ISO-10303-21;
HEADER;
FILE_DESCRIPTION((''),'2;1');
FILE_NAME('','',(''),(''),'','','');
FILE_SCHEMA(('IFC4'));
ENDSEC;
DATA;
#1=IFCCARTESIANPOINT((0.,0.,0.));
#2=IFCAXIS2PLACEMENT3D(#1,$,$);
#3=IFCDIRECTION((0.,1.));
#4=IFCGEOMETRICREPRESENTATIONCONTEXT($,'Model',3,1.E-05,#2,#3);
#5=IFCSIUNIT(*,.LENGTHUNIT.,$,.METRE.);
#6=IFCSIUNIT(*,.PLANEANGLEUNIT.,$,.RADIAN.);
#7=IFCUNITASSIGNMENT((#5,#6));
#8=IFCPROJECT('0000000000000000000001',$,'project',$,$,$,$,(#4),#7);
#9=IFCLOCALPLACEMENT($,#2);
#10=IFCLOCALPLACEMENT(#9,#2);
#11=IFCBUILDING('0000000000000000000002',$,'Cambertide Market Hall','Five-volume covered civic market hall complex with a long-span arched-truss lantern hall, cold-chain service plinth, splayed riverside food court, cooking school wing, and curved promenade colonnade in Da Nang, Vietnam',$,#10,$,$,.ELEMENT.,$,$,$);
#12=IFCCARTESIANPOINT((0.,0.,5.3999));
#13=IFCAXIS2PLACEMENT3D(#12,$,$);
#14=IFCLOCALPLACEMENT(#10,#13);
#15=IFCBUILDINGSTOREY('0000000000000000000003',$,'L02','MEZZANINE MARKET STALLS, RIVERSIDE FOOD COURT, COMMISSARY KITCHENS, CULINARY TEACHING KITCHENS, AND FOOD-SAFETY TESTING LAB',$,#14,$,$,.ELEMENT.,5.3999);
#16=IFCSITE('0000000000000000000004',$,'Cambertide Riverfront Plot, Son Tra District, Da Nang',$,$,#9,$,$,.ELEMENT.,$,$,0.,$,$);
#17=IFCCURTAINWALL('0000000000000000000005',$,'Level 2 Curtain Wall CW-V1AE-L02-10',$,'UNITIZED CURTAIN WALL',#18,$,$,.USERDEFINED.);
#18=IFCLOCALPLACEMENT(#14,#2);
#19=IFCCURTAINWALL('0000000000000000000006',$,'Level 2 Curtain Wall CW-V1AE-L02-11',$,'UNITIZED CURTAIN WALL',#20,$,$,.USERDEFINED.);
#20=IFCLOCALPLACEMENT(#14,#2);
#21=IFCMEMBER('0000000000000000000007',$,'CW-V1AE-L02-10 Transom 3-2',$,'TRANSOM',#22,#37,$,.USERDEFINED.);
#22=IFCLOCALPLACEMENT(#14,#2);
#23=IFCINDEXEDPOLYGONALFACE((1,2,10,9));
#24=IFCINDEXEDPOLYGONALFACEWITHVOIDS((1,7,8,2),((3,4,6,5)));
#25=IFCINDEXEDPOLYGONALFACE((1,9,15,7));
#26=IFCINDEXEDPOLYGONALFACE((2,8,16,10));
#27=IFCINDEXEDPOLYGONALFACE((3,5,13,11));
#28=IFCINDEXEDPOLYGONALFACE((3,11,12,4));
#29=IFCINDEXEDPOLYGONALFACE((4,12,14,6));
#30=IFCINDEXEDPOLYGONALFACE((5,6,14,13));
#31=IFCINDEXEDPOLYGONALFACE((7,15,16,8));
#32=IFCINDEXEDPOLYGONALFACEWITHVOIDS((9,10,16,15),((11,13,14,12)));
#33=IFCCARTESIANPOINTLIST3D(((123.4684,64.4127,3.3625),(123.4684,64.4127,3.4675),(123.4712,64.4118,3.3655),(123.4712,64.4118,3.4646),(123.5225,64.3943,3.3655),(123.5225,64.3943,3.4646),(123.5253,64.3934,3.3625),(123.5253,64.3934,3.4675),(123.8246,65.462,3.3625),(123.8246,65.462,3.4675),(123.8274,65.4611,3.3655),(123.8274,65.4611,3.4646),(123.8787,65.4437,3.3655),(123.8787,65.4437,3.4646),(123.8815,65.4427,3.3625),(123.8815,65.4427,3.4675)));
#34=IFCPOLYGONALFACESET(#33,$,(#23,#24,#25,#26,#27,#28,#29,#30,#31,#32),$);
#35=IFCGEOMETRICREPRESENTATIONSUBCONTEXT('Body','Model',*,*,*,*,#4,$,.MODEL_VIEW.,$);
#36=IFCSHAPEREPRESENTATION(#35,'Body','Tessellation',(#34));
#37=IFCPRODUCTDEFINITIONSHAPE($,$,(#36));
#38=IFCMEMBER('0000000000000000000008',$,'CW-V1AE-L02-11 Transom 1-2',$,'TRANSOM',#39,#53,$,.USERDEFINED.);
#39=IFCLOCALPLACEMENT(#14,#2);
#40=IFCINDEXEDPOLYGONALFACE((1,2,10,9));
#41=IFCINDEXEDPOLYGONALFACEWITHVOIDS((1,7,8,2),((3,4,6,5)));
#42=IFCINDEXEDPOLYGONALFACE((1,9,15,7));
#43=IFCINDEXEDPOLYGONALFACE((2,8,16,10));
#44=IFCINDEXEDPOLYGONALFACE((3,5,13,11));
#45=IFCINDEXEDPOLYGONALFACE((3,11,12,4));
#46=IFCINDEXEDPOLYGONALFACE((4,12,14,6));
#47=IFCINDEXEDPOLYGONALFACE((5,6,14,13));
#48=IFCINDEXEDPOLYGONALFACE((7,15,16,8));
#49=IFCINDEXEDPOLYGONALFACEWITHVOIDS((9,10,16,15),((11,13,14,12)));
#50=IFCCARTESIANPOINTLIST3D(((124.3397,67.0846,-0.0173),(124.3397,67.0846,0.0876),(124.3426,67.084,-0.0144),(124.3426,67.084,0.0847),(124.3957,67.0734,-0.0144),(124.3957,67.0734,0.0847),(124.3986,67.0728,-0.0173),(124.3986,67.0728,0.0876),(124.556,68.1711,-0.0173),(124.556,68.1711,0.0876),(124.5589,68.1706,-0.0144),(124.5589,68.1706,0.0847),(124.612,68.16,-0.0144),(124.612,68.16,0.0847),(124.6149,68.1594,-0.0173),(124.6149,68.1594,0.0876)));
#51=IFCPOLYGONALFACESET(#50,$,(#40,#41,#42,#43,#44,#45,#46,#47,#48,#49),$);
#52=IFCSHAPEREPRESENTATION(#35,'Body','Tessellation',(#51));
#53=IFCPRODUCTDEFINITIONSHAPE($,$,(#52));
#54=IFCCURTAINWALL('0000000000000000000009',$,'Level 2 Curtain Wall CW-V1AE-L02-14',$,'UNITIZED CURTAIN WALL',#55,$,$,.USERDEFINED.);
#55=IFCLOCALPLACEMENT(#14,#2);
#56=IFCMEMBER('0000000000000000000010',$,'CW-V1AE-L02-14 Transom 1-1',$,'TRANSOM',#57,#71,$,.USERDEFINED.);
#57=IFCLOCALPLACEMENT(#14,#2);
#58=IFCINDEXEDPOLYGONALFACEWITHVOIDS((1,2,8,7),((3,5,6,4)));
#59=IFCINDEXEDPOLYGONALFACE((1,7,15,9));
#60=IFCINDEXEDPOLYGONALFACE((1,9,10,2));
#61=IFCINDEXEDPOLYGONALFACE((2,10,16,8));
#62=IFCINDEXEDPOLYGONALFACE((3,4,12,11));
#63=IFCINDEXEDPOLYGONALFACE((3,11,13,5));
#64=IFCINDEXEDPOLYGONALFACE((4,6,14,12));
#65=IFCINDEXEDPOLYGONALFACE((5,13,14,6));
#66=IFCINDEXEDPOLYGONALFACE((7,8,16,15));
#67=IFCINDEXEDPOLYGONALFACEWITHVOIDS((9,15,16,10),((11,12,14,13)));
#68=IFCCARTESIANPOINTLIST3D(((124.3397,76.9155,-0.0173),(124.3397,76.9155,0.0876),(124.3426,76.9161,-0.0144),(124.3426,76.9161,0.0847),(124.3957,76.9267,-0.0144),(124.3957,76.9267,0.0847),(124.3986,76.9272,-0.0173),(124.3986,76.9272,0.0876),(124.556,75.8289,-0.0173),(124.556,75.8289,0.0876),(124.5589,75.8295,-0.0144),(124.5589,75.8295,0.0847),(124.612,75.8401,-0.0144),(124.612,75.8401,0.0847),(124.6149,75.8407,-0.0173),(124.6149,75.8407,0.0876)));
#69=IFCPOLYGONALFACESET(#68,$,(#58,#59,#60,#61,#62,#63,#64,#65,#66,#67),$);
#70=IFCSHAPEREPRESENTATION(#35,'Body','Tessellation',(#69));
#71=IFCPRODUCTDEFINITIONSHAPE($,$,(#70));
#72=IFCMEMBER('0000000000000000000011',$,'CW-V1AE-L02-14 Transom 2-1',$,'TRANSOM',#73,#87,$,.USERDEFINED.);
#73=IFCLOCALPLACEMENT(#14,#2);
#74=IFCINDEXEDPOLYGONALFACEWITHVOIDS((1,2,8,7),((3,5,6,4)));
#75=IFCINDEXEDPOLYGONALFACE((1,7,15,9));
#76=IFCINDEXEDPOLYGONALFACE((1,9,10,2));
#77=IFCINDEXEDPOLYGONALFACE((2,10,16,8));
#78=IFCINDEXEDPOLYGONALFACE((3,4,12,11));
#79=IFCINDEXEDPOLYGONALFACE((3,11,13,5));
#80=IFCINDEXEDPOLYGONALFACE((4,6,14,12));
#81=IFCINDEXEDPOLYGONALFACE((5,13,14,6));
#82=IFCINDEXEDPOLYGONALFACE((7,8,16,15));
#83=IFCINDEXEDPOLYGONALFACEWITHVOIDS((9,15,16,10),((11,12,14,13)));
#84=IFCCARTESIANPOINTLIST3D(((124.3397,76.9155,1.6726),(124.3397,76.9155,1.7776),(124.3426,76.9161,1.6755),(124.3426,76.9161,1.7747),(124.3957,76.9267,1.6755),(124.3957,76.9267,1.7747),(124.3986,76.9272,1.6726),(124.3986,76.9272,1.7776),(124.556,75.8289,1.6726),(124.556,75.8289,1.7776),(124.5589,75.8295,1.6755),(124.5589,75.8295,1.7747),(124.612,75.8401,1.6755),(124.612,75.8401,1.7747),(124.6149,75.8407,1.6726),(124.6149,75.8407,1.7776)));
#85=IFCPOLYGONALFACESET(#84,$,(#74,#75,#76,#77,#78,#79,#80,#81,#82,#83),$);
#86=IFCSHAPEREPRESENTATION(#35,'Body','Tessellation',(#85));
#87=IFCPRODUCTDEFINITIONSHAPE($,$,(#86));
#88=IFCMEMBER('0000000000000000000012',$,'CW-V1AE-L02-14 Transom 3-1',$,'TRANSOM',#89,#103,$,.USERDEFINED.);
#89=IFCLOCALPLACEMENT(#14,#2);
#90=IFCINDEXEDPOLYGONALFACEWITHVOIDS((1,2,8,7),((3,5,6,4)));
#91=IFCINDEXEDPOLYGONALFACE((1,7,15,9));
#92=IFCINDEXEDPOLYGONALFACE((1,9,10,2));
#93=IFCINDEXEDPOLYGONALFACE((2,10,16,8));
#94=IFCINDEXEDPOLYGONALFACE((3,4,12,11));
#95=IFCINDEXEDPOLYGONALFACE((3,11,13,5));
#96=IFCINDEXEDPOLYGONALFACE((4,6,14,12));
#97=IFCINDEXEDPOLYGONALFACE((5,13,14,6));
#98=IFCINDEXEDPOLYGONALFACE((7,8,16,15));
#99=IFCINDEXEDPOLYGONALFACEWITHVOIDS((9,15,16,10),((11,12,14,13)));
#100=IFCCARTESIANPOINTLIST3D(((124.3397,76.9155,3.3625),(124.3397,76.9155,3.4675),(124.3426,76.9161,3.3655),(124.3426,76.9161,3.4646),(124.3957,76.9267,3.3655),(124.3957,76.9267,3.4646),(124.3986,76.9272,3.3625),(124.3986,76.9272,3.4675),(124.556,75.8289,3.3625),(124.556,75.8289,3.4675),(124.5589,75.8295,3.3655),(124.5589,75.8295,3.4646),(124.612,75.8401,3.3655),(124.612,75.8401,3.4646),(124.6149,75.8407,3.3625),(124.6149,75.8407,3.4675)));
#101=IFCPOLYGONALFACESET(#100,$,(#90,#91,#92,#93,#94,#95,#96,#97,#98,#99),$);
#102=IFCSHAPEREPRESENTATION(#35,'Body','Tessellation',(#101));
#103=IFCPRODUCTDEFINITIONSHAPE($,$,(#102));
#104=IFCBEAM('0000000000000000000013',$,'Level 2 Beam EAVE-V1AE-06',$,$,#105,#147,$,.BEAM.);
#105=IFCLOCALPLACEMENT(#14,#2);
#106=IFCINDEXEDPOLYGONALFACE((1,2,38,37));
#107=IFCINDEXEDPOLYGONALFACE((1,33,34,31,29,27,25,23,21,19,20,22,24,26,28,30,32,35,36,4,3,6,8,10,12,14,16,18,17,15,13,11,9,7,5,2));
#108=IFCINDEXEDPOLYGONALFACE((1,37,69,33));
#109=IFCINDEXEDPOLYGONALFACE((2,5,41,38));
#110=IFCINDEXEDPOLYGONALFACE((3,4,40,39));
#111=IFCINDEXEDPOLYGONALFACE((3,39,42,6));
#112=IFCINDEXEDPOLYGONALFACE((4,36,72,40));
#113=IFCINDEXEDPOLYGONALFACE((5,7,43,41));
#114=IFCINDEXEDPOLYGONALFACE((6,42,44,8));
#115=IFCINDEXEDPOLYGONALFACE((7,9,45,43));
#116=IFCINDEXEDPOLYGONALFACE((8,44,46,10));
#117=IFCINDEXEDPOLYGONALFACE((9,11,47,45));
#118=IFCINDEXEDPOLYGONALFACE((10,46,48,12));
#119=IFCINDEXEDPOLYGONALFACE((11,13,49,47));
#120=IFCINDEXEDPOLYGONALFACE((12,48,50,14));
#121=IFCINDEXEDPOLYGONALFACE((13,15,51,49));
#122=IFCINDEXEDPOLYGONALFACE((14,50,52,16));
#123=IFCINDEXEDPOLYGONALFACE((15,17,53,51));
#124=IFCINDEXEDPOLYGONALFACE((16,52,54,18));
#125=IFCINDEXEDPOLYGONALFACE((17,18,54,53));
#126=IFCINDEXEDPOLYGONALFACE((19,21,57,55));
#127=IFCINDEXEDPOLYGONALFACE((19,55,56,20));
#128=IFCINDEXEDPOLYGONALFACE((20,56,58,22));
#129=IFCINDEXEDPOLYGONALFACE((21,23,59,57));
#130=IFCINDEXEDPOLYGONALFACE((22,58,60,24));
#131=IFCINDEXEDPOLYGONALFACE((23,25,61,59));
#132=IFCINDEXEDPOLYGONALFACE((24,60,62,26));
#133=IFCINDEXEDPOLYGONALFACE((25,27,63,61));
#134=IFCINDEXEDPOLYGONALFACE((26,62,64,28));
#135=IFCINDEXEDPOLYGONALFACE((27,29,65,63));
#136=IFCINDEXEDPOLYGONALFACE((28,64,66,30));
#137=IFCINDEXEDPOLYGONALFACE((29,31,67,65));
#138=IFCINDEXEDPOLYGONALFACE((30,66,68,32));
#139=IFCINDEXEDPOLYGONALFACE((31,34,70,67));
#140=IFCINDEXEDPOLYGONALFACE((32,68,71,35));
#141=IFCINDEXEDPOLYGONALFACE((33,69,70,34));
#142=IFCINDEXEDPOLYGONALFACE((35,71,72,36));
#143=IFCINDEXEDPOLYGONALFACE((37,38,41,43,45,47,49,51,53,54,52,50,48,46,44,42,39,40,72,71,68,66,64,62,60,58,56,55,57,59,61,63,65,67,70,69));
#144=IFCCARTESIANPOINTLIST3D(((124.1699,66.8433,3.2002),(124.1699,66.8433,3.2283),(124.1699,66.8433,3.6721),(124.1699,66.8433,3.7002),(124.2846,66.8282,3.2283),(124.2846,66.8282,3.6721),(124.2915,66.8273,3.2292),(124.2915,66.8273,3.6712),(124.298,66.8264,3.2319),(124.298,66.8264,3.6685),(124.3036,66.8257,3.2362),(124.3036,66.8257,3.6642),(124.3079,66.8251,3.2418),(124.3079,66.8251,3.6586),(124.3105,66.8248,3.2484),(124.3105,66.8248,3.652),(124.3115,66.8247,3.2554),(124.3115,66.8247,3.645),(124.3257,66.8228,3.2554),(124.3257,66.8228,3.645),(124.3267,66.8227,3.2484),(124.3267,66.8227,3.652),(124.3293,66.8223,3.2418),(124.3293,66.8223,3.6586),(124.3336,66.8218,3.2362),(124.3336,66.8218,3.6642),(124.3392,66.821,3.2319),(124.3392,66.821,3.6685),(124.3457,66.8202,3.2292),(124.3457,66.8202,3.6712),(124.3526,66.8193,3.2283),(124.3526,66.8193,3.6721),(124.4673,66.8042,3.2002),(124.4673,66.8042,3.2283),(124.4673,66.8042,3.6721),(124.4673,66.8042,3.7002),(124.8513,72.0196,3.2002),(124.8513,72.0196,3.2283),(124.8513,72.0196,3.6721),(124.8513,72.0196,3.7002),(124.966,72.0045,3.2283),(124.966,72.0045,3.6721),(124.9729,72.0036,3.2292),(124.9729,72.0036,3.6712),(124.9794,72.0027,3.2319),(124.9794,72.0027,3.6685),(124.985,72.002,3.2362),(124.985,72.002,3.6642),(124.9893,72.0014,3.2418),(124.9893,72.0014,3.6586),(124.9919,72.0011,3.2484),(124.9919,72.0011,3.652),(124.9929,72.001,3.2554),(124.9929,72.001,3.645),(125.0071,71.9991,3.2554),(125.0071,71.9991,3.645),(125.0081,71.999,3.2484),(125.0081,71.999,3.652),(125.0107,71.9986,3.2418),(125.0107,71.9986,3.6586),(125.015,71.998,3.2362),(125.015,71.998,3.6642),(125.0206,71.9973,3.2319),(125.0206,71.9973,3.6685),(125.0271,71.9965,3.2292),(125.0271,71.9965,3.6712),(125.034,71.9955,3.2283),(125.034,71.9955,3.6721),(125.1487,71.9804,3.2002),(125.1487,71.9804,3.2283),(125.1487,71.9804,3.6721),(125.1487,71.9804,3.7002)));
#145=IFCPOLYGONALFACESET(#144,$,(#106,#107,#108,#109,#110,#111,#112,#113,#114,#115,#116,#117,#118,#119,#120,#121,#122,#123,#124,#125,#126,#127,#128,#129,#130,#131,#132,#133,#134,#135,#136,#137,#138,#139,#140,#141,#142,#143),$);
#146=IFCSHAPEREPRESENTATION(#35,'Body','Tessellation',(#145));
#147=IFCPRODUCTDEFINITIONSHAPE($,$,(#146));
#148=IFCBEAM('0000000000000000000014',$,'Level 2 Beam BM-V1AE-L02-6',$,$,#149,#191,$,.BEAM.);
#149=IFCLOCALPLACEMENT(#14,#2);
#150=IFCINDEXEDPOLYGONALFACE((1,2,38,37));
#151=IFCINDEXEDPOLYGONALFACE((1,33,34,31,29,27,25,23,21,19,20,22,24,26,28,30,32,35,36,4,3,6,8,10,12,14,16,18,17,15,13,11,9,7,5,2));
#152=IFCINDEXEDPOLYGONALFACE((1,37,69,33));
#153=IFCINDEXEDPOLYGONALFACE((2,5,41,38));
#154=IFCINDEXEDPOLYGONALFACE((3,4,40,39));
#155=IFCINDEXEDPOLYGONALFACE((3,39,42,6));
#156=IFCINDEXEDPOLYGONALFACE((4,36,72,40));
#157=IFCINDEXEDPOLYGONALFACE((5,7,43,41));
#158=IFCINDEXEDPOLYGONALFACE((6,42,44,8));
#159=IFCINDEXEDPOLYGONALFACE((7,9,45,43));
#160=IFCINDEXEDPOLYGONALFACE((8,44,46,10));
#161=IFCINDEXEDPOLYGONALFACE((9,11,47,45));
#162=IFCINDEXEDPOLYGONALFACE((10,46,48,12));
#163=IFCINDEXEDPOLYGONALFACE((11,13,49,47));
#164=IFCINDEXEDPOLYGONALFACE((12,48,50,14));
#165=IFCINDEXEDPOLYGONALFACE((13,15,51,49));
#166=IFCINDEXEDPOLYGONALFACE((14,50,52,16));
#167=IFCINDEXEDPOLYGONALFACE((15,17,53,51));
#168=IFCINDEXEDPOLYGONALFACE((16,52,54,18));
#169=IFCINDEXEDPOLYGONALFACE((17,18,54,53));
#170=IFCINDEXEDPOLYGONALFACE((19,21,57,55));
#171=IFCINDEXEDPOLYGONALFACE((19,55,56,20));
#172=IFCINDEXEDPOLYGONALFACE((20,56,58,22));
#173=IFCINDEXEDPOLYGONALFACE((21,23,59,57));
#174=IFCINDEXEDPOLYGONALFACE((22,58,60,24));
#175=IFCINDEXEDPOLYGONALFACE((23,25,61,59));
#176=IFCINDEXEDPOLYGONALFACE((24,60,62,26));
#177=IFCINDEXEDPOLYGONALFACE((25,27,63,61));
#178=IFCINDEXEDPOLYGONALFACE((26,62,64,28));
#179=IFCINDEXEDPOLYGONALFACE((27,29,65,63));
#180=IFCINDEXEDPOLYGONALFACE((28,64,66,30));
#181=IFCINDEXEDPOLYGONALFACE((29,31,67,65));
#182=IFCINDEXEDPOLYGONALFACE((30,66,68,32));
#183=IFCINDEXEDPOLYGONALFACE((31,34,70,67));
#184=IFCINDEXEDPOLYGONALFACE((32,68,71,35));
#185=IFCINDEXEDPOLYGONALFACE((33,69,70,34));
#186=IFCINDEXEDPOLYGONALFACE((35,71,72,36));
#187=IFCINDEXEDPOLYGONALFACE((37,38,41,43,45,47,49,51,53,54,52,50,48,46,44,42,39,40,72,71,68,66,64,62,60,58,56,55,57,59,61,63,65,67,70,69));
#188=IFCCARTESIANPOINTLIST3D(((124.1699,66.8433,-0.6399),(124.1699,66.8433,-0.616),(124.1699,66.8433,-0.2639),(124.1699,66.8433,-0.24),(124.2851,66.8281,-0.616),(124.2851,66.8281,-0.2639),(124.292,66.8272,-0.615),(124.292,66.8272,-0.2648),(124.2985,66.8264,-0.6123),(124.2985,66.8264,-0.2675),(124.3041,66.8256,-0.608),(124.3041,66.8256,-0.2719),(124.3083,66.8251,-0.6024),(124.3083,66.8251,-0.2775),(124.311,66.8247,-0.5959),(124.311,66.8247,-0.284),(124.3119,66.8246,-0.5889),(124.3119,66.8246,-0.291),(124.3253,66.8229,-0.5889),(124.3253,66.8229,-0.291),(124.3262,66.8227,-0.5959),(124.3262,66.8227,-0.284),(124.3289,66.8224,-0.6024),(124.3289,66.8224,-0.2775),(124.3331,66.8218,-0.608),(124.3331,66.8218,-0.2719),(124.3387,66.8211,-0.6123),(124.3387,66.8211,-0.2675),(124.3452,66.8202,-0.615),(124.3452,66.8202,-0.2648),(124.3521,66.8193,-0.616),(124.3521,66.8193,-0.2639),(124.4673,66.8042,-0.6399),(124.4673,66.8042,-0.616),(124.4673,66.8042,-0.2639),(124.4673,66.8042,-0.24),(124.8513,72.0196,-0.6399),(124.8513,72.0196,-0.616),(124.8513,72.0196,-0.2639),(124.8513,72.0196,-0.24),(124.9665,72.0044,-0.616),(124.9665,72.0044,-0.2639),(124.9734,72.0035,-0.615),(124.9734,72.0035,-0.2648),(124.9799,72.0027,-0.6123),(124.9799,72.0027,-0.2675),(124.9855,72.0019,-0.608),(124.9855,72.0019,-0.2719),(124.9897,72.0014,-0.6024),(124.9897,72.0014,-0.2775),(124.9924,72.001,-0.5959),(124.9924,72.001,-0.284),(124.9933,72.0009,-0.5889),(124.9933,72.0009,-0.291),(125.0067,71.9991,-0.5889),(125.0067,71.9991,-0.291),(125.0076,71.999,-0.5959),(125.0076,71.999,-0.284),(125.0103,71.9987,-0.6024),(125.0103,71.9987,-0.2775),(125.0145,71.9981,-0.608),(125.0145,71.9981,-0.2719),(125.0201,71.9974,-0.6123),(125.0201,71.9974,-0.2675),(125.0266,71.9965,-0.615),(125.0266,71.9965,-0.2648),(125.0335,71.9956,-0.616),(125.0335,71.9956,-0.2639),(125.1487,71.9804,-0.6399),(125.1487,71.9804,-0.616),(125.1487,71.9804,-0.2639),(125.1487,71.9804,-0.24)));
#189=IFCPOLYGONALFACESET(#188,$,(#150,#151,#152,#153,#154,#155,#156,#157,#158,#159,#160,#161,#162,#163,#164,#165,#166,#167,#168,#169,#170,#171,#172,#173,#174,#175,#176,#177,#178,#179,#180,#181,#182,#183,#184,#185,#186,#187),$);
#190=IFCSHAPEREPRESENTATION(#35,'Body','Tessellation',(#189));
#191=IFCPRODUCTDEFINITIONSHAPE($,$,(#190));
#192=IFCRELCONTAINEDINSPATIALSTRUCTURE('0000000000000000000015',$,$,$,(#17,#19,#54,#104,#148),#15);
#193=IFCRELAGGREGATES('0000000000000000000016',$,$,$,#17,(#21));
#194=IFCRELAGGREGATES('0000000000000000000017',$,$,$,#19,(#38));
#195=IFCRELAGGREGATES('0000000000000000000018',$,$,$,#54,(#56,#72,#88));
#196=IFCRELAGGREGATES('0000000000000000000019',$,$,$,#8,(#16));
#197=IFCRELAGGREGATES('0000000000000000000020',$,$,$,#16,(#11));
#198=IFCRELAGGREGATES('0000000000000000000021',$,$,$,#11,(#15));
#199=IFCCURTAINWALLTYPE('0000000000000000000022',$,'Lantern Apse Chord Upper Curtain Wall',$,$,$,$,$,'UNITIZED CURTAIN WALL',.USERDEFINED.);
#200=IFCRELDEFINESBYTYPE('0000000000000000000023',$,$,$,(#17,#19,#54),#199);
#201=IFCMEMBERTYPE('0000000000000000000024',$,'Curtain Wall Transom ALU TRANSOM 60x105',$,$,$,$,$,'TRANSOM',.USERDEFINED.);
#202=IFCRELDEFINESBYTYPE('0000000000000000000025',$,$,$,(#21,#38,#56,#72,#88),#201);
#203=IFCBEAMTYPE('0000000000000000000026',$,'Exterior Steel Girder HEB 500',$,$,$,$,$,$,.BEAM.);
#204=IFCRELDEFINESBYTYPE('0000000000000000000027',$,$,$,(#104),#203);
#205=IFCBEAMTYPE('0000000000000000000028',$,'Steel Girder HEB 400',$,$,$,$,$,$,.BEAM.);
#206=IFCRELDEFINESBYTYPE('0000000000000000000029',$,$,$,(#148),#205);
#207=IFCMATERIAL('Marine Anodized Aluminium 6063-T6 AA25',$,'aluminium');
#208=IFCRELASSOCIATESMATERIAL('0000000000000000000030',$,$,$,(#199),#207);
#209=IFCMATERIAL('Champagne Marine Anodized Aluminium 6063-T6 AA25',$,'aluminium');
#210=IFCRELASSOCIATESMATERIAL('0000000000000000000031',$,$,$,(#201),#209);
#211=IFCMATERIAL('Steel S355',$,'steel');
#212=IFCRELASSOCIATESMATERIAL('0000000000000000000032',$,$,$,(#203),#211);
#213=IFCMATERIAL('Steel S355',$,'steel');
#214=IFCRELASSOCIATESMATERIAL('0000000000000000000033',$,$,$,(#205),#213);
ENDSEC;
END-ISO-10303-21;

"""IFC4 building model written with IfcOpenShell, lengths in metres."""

from ifc_helpers import new_model, si_unit, direction, frame, origin, origin_2d, place, context, subcontext, project, spatial, hollow_rectangle, i_section, extrude, material, material_profile, profile_set, type_object, element, aggregate, save


model = new_model("IFC4")

# Units and contexts
model_context = context("Model", 3, precision=1e-05, world=origin(), true_north=direction((0.0, 1.0)))
body_context = subcontext(model_context, "Body", "Model", "MODEL_VIEW")
ifc_project = project(units=[si_unit("LENGTHUNIT", "METRE"), si_unit("PLANEANGLEUNIT", "RADIAN")], contexts=[model_context])

# Site, building, storey
site_placement = place(None, origin())
site = spatial("IfcSite", under=ifc_project, at=site_placement, Name="Cambertide Riverfront Plot, Son Tra District, Da Nang", CompositionType="ELEMENT", RefElevation=0.0)
building_placement = place(site_placement, origin())
building = spatial("IfcBuilding", under=site, at=building_placement, Name="Cambertide Market Hall", Description="Five-volume covered civic market hall complex with a long-span arched-truss lantern hall, cold-chain service plinth, splayed riverside food court, cooking school wing, and curved promenade colonnade in Da Nang, Vietnam", CompositionType="ELEMENT")
storey_placement = place(building_placement, frame((0.0, 0.0, 5.3999)))
storey = spatial("IfcBuildingStorey", under=building, at=storey_placement, Name="L02", Description="MEZZANINE MARKET STALLS, RIVERSIDE FOOD COURT, COMMISSARY KITCHENS, CULINARY TEACHING KITCHENS, AND FOOD-SAFETY TESTING LAB", CompositionType="ELEMENT", Elevation=5.3999)

# Curtain wall
ifc_material_1 = material(Name="Marine Anodized Aluminium 6063-T6 AA25", Category="aluminium")
curtain_wall_type = type_object("IfcCurtainWallType", Name="Lantern Apse Chord Upper Curtain Wall", ElementType="UNITIZED CURTAIN WALL", PredefinedType="USERDEFINED", material=ifc_material_1)
curtain_wall_1_placement = place(storey_placement, origin())
curtain_wall_1 = element("IfcCurtainWall", 1, at=curtain_wall_1_placement, inside=storey, type_object=curtain_wall_type, Name="Level 2 Curtain Wall CW-V1AE-L02-10", ObjectType="UNITIZED CURTAIN WALL", PredefinedType="USERDEFINED")

# Curtain wall
curtain_wall_2_placement = place(storey_placement, origin())
curtain_wall_2 = element("IfcCurtainWall", 2, at=curtain_wall_2_placement, inside=storey, type_object=curtain_wall_type, Name="Level 2 Curtain Wall CW-V1AE-L02-11", ObjectType="UNITIZED CURTAIN WALL", PredefinedType="USERDEFINED")

# Members
ifc_material_2 = material(Name="Champagne Marine Anodized Aluminium 6063-T6 AA25", Category="aluminium")
ifc_material_profile_1 = material_profile(ifc_material_2, hollow_rectangle(XDim=0.0601, YDim=0.105, WallThickness=0.0029, at=origin_2d()), Name="ALU TRANSOM 60x105")
ifc_profile_set_1 = profile_set([ifc_material_profile_1], Name="Champagne Marine Anodized Aluminium 6063-T6 AA25")
member_type_1 = type_object("IfcMemberType", Name="Curtain Wall Transom ALU TRANSOM 60x105", ElementType="TRANSOM", PredefinedType="USERDEFINED", material=ifc_profile_set_1)
member_1_placement = place(storey_placement, frame((123.853, 65.4524, 3.415), z_axis=(-0.321445, -0.946928, 0.0), x_axis=(0.946928, -0.321445, 0.0)))
member_1 = element("IfcMember", 3, at=member_1_placement, type_object=member_type_1, Name="CW-V1AE-L02-10 Transom 3-2", ObjectType="TRANSOM", PredefinedType="USERDEFINED", context=body_context, shape_type="SweptSolid", body=[
    extrude(hollow_rectangle(XDim=0.0601, YDim=0.105, WallThickness=0.0029, at=origin_2d()), origin(), (0.0, 0.0, 1.0), 1.1082),
])
member_2_placement = place(storey_placement, frame((124.5854, 68.1653, 0.0352), z_axis=(-0.195226, -0.980758, 0.0), x_axis=(0.980758, -0.195226, 0.0)))
member_2 = element("IfcMember", 4, at=member_2_placement, type_object=member_type_1, Name="CW-V1AE-L02-11 Transom 1-2", ObjectType="TRANSOM", PredefinedType="USERDEFINED", context=body_context, shape_type="SweptSolid", body=[
    extrude(hollow_rectangle(XDim=0.0601, YDim=0.105, WallThickness=0.0029, at=origin_2d()), origin(), (0.0, 0.0, 1.0), 1.1079),
])

# Curtain wall, members
curtain_wall_3_placement = place(storey_placement, origin())
curtain_wall_3 = element("IfcCurtainWall", 5, at=curtain_wall_3_placement, inside=storey, type_object=curtain_wall_type, Name="Level 2 Curtain Wall CW-V1AE-L02-14", ObjectType="UNITIZED CURTAIN WALL", PredefinedType="USERDEFINED")
member_3_placement = place(storey_placement, frame((124.3691, 76.9214, 0.0352), z_axis=(0.195226, -0.980758, 0.0), x_axis=(0.980758, 0.195226, 0.0)))
member_3 = element("IfcMember", 6, at=member_3_placement, type_object=member_type_1, Name="CW-V1AE-L02-14 Transom 1-1", ObjectType="TRANSOM", PredefinedType="USERDEFINED", context=body_context, shape_type="SweptSolid", body=[
    extrude(hollow_rectangle(XDim=0.0601, YDim=0.105, WallThickness=0.0029, at=origin_2d()), origin(), (0.0, 0.0, 1.0), 1.1079),
])
member_4_placement = place(storey_placement, frame((124.3691, 76.9214, 1.7251), z_axis=(0.195226, -0.980758, 0.0), x_axis=(0.980758, 0.195226, 0.0)))
member_4 = element("IfcMember", 7, at=member_4_placement, type_object=member_type_1, Name="CW-V1AE-L02-14 Transom 2-1", ObjectType="TRANSOM", PredefinedType="USERDEFINED", context=body_context, shape_type="SweptSolid", body=[
    extrude(hollow_rectangle(XDim=0.0601, YDim=0.105, WallThickness=0.0029, at=origin_2d()), origin(), (0.0, 0.0, 1.0), 1.1079),
])
member_5_placement = place(storey_placement, frame((124.3691, 76.9214, 3.415), z_axis=(0.195226, -0.980758, 0.0), x_axis=(0.980758, 0.195226, 0.0)))
member_5 = element("IfcMember", 8, at=member_5_placement, type_object=member_type_1, Name="CW-V1AE-L02-14 Transom 3-1", ObjectType="TRANSOM", PredefinedType="USERDEFINED", context=body_context, shape_type="SweptSolid", body=[
    extrude(hollow_rectangle(XDim=0.0601, YDim=0.105, WallThickness=0.0029, at=origin_2d()), origin(), (0.0, 0.0, 1.0), 1.1079),
])

# Beams
ifc_material_3 = material(Name="Steel S355", Category="steel")
ifc_material_profile_2 = material_profile(ifc_material_3, i_section(OverallWidth=0.3, OverallDepth=0.5, WebThickness=0.0144, FlangeThickness=0.0281, FilletRadius=0.0271, at=origin_2d()), Name="HEB 500")
ifc_profile_set_2 = profile_set([ifc_material_profile_2], Name="Steel S355")
beam_type_1 = type_object("IfcBeamType", Name="Exterior Steel Girder HEB 500", PredefinedType="BEAM", material=ifc_profile_set_2)
beam_1_placement = place(storey_placement, frame((124.3186, 66.8237, 3.4502), z_axis=(0.130513, 0.991447, 0.0), x_axis=(-0.991447, 0.130513, 0.0)))
element("IfcBeam", 9, at=beam_1_placement, inside=storey, type_object=beam_type_1, Name="Level 2 Beam EAVE-V1AE-06", PredefinedType="BEAM", context=body_context, shape_type="SweptSolid", body=[
    extrude(i_section(OverallWidth=0.3, OverallDepth=0.5, WebThickness=0.0144, FlangeThickness=0.0281, FilletRadius=0.0271, at=origin_2d()), origin(), (0.0, 0.0, 1.0), 5.2209),
])
ifc_material_4 = material(Name="Steel S355", Category="steel")
ifc_material_profile_3 = material_profile(ifc_material_4, i_section(OverallWidth=0.3, OverallDepth=0.3999, WebThickness=0.0134, FlangeThickness=0.0239, FilletRadius=0.0271, at=origin_2d()), Name="HEB 400")
ifc_profile_set_3 = profile_set([ifc_material_profile_3], Name="Steel S355")
beam_type_2 = type_object("IfcBeamType", Name="Steel Girder HEB 400", PredefinedType="BEAM", material=ifc_profile_set_3)
beam_2_placement = place(storey_placement, frame((124.3186, 66.8237, -0.4399), z_axis=(0.130513, 0.991447, 0.0), x_axis=(-0.991447, 0.130513, 0.0)))
element("IfcBeam", 10, at=beam_2_placement, inside=storey, type_object=beam_type_2, Name="Level 2 Beam BM-V1AE-L02-6", PredefinedType="BEAM", context=body_context, shape_type="SweptSolid", body=[
    extrude(i_section(OverallWidth=0.3, OverallDepth=0.3999, WebThickness=0.0134, FlangeThickness=0.0239, FilletRadius=0.0271, at=origin_2d()), origin(), (0.0, 0.0, 1.0), 5.2209),
])

aggregate(curtain_wall_1, [member_1])
aggregate(curtain_wall_2, [member_2])
aggregate(curtain_wall_3, [member_3, member_4, member_5])

save(model, "model.ifc")
